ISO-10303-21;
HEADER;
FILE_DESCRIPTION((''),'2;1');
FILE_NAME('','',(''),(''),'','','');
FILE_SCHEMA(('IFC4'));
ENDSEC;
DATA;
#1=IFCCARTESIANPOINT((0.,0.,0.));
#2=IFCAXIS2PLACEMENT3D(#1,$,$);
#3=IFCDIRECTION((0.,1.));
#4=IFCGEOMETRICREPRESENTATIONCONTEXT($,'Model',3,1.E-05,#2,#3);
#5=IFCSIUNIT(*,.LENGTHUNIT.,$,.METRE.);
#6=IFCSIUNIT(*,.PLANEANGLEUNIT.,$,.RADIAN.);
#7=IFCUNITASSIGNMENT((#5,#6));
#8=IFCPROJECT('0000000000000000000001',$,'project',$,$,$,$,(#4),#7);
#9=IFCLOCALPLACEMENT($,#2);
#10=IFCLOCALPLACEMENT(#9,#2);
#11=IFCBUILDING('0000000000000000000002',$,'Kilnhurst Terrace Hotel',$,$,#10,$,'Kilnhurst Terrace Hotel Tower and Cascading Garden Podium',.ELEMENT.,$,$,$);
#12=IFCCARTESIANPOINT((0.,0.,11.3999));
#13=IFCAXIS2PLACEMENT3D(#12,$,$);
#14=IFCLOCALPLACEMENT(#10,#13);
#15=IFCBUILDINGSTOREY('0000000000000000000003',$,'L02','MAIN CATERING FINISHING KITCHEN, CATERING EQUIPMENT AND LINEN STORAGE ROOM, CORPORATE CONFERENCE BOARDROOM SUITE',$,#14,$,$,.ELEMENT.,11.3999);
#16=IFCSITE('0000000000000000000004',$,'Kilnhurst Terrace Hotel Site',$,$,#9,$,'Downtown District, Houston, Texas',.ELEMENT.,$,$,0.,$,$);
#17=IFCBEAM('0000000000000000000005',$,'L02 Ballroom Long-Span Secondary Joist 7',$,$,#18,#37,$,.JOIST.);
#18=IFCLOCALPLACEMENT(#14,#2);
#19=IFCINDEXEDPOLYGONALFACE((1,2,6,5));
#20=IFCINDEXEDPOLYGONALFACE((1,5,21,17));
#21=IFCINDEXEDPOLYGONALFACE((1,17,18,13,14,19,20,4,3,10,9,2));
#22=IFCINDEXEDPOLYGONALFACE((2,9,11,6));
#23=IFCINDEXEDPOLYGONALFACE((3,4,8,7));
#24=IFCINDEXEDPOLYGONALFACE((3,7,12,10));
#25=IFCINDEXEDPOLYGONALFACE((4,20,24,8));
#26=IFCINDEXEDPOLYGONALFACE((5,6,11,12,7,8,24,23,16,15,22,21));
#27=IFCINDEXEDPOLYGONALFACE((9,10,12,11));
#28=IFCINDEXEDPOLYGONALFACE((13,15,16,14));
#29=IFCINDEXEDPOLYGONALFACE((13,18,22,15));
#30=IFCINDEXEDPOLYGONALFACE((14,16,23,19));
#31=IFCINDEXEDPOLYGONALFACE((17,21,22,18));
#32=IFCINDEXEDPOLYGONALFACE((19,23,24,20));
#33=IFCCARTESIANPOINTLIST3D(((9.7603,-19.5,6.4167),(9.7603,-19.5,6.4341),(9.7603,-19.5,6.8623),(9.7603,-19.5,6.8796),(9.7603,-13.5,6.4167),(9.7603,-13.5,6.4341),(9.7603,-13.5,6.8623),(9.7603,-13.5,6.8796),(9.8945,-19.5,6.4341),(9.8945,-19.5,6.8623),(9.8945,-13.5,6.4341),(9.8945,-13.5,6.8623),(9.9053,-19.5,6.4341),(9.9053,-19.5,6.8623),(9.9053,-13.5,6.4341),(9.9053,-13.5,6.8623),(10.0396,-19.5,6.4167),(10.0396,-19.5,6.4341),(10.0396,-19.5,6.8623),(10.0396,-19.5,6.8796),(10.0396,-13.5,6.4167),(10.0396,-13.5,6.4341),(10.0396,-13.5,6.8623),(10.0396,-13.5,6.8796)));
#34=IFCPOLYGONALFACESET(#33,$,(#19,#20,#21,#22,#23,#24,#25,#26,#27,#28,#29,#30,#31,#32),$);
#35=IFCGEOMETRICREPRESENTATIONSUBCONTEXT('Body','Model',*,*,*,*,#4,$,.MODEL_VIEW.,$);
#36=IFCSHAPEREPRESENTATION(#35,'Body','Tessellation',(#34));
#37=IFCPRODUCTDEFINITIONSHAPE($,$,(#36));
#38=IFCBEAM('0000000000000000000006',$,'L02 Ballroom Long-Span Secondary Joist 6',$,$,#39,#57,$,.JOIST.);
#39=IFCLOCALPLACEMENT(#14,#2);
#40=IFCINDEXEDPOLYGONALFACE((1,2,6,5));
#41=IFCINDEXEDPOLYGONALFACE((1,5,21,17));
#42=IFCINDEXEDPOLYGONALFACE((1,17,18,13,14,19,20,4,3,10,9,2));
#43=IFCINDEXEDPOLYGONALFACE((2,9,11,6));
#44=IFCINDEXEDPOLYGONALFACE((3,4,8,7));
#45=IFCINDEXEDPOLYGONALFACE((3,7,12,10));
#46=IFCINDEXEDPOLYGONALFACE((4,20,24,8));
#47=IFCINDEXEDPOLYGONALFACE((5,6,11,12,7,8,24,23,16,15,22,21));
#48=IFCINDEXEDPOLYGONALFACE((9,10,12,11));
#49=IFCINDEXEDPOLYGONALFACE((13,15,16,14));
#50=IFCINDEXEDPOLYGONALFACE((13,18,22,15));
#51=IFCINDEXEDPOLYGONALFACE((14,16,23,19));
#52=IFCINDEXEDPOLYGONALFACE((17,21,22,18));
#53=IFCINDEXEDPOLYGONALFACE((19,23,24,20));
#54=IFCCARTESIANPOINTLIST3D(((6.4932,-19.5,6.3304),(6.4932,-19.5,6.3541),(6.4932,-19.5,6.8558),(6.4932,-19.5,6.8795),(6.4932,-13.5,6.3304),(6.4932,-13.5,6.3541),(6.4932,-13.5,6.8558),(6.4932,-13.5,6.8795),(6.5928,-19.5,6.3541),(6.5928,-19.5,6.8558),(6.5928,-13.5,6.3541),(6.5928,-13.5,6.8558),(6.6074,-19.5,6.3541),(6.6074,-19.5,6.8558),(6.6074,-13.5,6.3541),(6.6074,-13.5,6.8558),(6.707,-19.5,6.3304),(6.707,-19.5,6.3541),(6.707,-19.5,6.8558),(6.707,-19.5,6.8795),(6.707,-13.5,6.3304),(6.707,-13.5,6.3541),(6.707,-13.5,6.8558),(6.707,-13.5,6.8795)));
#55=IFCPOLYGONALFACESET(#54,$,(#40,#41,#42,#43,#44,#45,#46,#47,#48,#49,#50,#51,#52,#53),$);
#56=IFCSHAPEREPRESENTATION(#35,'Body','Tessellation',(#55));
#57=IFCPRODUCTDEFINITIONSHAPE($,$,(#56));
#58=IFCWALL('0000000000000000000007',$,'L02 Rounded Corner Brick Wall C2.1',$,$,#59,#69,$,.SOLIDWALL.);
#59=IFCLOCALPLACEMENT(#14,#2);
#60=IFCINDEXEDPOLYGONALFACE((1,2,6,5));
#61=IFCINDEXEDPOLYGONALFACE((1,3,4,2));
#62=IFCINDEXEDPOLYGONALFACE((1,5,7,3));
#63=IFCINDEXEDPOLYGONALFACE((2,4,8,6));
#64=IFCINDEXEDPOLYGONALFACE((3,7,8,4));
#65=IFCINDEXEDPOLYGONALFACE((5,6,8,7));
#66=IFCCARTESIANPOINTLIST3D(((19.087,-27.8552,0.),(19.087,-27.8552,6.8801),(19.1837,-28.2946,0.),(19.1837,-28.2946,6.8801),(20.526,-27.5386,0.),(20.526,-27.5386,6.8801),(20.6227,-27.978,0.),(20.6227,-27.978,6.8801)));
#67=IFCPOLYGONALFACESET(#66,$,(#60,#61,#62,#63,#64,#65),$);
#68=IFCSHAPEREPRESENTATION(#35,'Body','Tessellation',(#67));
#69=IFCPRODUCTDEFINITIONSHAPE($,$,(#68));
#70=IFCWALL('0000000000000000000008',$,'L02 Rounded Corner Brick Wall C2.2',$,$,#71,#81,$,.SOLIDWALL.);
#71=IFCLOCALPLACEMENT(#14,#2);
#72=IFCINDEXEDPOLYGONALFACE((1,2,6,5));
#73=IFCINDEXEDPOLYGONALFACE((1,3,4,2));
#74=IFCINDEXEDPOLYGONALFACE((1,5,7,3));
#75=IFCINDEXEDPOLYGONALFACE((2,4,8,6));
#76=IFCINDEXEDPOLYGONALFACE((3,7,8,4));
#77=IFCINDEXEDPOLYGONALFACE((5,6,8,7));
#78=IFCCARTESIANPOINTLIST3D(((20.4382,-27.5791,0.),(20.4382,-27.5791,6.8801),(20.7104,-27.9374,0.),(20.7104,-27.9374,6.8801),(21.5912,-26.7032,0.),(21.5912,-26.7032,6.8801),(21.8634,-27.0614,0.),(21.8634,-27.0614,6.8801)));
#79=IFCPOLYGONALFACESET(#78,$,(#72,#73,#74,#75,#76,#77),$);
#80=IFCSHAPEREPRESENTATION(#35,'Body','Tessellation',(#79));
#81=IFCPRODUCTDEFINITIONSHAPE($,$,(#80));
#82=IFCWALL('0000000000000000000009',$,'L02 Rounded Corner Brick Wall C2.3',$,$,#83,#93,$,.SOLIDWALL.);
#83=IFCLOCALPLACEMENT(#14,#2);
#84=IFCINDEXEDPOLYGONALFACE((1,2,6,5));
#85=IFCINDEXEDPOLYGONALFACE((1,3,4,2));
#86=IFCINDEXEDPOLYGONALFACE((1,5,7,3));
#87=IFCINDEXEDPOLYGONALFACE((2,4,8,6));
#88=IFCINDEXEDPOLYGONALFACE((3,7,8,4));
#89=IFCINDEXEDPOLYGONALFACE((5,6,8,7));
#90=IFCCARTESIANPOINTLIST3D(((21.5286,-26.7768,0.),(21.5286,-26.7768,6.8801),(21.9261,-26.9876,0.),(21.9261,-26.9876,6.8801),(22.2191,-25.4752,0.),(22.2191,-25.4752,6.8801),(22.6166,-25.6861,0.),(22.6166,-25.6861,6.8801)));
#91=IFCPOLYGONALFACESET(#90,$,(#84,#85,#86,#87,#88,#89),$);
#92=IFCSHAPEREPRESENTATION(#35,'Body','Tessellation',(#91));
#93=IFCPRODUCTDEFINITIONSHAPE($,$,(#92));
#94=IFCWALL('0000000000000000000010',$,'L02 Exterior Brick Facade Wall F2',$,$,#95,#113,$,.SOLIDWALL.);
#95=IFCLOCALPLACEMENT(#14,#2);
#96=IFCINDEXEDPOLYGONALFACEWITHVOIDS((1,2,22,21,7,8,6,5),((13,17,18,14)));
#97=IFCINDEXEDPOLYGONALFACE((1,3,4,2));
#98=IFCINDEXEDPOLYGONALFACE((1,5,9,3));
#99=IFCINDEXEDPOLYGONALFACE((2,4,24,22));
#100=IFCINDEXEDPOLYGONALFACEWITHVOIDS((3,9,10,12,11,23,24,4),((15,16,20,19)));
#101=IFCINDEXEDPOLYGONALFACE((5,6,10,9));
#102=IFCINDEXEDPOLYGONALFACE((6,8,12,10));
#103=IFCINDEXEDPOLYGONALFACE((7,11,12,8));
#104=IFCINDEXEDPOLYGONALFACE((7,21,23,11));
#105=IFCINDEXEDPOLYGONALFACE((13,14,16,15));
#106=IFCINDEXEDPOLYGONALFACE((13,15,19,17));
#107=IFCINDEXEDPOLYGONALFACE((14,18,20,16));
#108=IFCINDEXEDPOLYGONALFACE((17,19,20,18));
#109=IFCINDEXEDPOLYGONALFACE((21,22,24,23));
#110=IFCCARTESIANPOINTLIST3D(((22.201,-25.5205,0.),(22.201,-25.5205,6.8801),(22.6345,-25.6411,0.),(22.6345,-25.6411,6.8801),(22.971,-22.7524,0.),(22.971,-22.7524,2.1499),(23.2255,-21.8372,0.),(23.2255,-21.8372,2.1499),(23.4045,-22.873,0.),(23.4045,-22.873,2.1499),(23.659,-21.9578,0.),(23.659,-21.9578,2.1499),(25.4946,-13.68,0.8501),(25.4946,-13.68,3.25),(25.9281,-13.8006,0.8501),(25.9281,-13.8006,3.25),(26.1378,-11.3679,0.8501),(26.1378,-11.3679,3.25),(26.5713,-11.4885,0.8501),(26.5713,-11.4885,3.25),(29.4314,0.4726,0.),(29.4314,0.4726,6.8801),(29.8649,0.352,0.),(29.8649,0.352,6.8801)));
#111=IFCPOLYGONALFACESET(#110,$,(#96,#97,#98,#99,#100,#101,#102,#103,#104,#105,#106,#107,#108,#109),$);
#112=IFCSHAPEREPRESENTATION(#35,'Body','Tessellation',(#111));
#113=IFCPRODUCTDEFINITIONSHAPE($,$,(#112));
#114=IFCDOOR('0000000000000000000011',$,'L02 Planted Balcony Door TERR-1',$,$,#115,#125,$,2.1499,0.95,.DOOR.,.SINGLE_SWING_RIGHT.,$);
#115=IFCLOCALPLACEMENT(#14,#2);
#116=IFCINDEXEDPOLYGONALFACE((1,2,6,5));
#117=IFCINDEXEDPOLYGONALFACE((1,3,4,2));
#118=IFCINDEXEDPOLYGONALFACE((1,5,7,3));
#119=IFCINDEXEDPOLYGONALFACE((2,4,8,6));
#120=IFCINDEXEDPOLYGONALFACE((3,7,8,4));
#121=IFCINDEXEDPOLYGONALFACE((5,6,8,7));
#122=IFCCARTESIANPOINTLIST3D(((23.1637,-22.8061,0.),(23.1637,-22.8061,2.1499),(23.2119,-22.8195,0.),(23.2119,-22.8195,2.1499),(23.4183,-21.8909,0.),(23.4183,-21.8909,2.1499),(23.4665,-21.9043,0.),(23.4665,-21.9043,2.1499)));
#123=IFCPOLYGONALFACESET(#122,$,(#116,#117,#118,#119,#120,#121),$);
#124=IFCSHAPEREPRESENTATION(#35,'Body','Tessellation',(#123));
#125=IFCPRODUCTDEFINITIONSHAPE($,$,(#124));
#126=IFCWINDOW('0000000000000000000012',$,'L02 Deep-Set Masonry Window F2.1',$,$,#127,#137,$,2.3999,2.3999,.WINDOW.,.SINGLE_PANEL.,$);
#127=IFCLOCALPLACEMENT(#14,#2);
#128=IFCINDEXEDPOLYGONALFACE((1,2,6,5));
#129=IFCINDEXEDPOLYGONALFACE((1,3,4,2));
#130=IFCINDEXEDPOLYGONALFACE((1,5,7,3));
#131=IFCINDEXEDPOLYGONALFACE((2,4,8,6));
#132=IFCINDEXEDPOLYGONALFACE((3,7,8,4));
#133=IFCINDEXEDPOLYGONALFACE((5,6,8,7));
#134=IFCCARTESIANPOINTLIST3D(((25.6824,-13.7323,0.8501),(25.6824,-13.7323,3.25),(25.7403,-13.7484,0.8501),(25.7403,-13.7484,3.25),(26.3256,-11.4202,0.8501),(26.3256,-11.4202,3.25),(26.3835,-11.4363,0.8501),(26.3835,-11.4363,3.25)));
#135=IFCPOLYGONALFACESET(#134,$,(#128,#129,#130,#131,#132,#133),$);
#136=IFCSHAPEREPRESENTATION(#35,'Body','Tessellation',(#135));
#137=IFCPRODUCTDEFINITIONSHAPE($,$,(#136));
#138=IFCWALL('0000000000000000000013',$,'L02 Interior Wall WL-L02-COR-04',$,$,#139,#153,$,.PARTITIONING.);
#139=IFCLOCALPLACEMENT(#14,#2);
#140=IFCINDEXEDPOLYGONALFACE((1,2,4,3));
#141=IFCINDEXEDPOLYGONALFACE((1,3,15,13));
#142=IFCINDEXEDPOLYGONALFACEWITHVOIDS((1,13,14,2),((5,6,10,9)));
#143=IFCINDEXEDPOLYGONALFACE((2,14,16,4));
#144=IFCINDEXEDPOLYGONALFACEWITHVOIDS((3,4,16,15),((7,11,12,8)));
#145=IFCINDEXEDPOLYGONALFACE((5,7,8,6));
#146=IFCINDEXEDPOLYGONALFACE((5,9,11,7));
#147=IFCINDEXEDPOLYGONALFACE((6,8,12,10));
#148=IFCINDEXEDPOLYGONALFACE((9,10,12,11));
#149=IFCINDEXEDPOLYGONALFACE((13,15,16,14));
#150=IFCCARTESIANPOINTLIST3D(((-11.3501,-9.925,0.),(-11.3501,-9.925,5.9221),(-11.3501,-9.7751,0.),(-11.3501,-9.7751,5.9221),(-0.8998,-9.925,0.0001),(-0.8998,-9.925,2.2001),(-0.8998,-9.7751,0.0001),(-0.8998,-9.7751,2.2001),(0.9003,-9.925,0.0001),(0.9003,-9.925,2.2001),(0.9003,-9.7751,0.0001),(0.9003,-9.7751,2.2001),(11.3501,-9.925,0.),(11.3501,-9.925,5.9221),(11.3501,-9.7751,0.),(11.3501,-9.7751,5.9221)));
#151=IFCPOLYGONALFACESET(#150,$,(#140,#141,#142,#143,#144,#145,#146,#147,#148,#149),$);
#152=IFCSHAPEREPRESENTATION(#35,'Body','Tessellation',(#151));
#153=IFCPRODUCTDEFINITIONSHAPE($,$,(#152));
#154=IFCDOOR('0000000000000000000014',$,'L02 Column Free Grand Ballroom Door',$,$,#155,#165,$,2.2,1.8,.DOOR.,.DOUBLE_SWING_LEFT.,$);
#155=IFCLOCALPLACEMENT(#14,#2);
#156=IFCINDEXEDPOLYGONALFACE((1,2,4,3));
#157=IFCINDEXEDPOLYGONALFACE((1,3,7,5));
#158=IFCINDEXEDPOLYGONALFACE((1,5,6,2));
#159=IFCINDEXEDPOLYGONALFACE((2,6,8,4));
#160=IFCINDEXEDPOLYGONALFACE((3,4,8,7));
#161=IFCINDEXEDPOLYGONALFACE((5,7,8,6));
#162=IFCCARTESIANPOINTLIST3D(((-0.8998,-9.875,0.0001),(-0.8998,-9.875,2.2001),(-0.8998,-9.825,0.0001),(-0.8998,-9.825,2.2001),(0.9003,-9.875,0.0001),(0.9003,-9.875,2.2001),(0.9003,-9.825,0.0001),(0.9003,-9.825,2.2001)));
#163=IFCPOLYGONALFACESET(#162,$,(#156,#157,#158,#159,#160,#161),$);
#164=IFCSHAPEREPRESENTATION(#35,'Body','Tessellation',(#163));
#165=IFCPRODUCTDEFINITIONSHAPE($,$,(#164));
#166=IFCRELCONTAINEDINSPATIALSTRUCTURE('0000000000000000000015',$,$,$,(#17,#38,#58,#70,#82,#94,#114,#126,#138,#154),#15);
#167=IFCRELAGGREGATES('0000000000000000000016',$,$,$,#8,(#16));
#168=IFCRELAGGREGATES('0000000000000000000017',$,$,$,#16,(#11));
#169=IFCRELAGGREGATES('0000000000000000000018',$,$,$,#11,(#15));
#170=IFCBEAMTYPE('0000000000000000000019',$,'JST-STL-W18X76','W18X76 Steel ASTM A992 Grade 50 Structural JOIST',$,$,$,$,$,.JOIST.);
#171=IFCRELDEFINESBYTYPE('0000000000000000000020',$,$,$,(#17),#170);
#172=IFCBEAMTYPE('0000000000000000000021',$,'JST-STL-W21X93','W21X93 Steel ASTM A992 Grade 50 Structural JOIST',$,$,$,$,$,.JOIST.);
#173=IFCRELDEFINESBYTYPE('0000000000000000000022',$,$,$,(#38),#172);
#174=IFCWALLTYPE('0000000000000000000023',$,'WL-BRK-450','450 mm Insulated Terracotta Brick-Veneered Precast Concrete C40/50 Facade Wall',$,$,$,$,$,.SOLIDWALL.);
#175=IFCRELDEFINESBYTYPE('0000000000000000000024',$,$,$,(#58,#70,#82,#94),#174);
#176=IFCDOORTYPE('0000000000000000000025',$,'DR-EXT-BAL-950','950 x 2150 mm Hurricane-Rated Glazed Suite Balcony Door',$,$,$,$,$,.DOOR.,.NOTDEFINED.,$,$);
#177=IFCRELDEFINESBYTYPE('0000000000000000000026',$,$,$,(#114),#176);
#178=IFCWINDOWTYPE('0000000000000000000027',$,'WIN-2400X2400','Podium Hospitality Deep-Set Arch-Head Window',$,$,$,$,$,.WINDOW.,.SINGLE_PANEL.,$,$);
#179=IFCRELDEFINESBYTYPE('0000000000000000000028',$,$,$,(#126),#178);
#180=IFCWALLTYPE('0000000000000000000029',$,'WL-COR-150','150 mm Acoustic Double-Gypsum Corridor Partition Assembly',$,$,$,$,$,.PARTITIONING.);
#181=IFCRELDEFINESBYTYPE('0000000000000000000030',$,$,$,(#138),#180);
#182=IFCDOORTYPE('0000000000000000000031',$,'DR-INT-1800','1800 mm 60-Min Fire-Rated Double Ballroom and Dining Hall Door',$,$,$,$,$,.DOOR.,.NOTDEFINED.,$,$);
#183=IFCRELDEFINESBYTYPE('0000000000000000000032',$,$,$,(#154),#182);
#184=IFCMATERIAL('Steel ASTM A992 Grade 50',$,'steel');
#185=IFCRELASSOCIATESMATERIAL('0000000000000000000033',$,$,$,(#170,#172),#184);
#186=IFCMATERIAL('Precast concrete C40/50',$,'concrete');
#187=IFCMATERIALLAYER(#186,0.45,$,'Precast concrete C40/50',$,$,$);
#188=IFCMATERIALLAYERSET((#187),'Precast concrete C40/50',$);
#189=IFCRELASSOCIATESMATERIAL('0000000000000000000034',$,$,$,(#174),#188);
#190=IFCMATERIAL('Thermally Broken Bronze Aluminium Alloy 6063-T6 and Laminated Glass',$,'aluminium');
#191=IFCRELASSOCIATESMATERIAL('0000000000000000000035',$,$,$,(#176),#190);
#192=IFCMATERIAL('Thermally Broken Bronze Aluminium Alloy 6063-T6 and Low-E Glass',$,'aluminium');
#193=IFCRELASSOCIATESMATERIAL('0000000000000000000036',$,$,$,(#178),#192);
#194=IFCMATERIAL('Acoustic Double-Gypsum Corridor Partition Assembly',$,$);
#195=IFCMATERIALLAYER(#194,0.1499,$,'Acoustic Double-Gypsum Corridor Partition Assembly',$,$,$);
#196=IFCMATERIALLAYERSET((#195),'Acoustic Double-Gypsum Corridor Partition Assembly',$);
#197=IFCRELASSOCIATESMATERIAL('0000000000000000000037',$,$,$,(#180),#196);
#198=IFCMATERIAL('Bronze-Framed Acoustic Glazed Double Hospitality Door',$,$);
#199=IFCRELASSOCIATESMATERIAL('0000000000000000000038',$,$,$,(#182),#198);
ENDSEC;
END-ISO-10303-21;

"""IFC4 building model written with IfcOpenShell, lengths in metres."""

from ifc_helpers import new_model, si_unit, direction, frame, frame_2d, origin, origin_2d, place, context, subcontext, project, spatial, rectangle, i_section, extrude, material, layer, layer_set, material_profile, profile_set, type_object, element, fill, save


model = new_model("IFC4")

# Units and contexts
model_context = context("Model", 3, precision=1e-05, world=origin(), true_north=direction((0.0, 1.0)))
body_context = subcontext(model_context, "Body", "Model", "MODEL_VIEW")
ifc_project = project(units=[si_unit("LENGTHUNIT", "METRE"), si_unit("PLANEANGLEUNIT", "RADIAN")], contexts=[model_context])

# Site, building, storey
site_placement = place(None, origin())
site = spatial("IfcSite", under=ifc_project, at=site_placement, Name="Kilnhurst Terrace Hotel Site", LongName="Downtown District, Houston, Texas", CompositionType="ELEMENT", RefElevation=0.0)
building_placement = place(site_placement, origin())
building = spatial("IfcBuilding", under=site, at=building_placement, Name="Kilnhurst Terrace Hotel", LongName="Kilnhurst Terrace Hotel Tower and Cascading Garden Podium", CompositionType="ELEMENT")
storey_placement = place(building_placement, frame((0.0, 0.0, 11.3999)))
storey = spatial("IfcBuildingStorey", under=building, at=storey_placement, Name="L02", Description="MAIN CATERING FINISHING KITCHEN, CATERING EQUIPMENT AND LINEN STORAGE ROOM, CORPORATE CONFERENCE BOARDROOM SUITE", CompositionType="ELEMENT", Elevation=11.3999)

# Shared definitions
ifc_material_1 = material(Name="Steel ASTM A992 Grade 50", Category="steel")

# Beams
ifc_material_profile_1 = material_profile(ifc_material_1, i_section(OverallWidth=0.2793, OverallDepth=0.4629, WebThickness=0.0107, FlangeThickness=0.0173, at=origin_2d()), Name="W18X76")
ifc_profile_set_1 = profile_set([ifc_material_profile_1], Name="Steel ASTM A992 Grade 50")
beam_type_1 = type_object("IfcBeamType", Name="JST-STL-W18X76", Description="W18X76 Steel ASTM A992 Grade 50 Structural JOIST", PredefinedType="JOIST", material=ifc_profile_set_1)
beam_1_placement = place(storey_placement, frame((9.8999, -19.5, 6.6482), z_axis=(0.0, 1.0, 0.0), x_axis=(-1.0, 0.0, 0.0)))
element("IfcBeam", 1, at=beam_1_placement, inside=storey, type_object=beam_type_1, Name="L02 Ballroom Long-Span Secondary Joist 7", PredefinedType="JOIST", context=body_context, shape_type="SweptSolid", body=[
    extrude(i_section(OverallWidth=0.2793, OverallDepth=0.4629, WebThickness=0.0107, FlangeThickness=0.0173, at=origin_2d()), origin(), (0.0, 0.0, 1.0), 6.0),
])
ifc_material_profile_2 = material_profile(ifc_material_1, i_section(OverallWidth=0.2139, OverallDepth=0.5491, WebThickness=0.0146, FlangeThickness=0.0237, at=origin_2d()), Name="W21X93")
ifc_profile_set_2 = profile_set([ifc_material_profile_2], Name="Steel ASTM A992 Grade 50")
beam_type_2 = type_object("IfcBeamType", Name="JST-STL-W21X93", Description="W21X93 Steel ASTM A992 Grade 50 Structural JOIST", PredefinedType="JOIST", material=ifc_profile_set_2)
beam_2_placement = place(storey_placement, frame((6.6001, -19.5, 6.605), z_axis=(0.0, 1.0, 0.0), x_axis=(-1.0, 0.0, 0.0)))
element("IfcBeam", 2, at=beam_2_placement, inside=storey, type_object=beam_type_2, Name="L02 Ballroom Long-Span Secondary Joist 6", PredefinedType="JOIST", context=body_context, shape_type="SweptSolid", body=[
    extrude(i_section(OverallWidth=0.2139, OverallDepth=0.5491, WebThickness=0.0146, FlangeThickness=0.0237, at=origin_2d()), origin(), (0.0, 0.0, 1.0), 6.0),
])

# Walls
ifc_material_2 = material(Name="Precast concrete C40/50", Category="concrete")
ifc_layer_1 = layer(ifc_material_2, 0.45, Name="Precast concrete C40/50")
ifc_layer_set_1 = layer_set([ifc_layer_1], Name="Precast concrete C40/50")
wall_type_1 = type_object("IfcWallType", Name="WL-BRK-450", Description="450 mm Insulated Terracotta Brick-Veneered Precast Concrete C40/50 Facade Wall", PredefinedType="SOLIDWALL", material=ifc_layer_set_1)
wall_1_placement = place(storey_placement, frame((19.1353, -28.075, 0.0), z_axis=(0.0, 0.0, 1.0), x_axis=(0.976633, 0.214912, 0.0)))
element("IfcWall", 3, at=wall_1_placement, inside=storey, type_object=wall_type_1, Name="L02 Rounded Corner Brick Wall C2.1", PredefinedType="SOLIDWALL", context=body_context, shape_type="SweptSolid", body=[
    extrude(rectangle(XDim=1.4734, YDim=0.45, at=frame_2d((0.7368, 0.0))), origin(), (0.0, 0.0, 1.0), 6.8801),
])
wall_2_placement = place(storey_placement, frame((20.5742, -27.7583, 0.0), z_axis=(0.0, 0.0, 1.0), x_axis=(0.796282, 0.604925, 0.0)))
element("IfcWall", 4, at=wall_2_placement, inside=storey, type_object=wall_type_1, Name="L02 Rounded Corner Brick Wall C2.2", PredefinedType="SOLIDWALL", context=body_context, shape_type="SweptSolid", body=[
    extrude(rectangle(XDim=1.448, YDim=0.45, at=frame_2d((0.7241, 0.0))), origin(), (0.0, 0.0, 1.0), 6.8801),
])
wall_3_placement = place(storey_placement, frame((21.7273, -26.8823, 0.0), z_axis=(0.0, 0.0, 1.0), x_axis=(0.468626, 0.883397, 0.0)))
element("IfcWall", 5, at=wall_3_placement, inside=storey, type_object=wall_type_1, Name="L02 Rounded Corner Brick Wall C2.3", PredefinedType="SOLIDWALL", context=body_context, shape_type="SweptSolid", body=[
    extrude(rectangle(XDim=1.4734, YDim=0.45, at=frame_2d((0.7368, 0.0))), origin(), (0.0, 0.0, 1.0), 6.8801),
])

# Wall, openings, door, window
wall_4_placement = place(storey_placement, frame((22.4177, -25.5808, 0.0), z_axis=(0.0, 0.0, 1.0), x_axis=(0.267993, 0.963421, 0.0)))
wall_4 = element("IfcWall", 6, at=wall_4_placement, inside=storey, type_object=wall_type_1, Name="L02 Exterior Brick Facade Wall F2", PredefinedType="SOLIDWALL", context=body_context, shape_type="SweptSolid", body=[
    extrude(rectangle(XDim=26.98, YDim=0.45, at=frame_2d((13.49, 0.0))), origin(), (0.0, 0.0, 1.0), 6.8801),
])
opening_1_placement = place(wall_4_placement, frame((2.873, 0.0, 0.0)))
opening_1 = element("IfcOpeningElement", 7, at=opening_1_placement, cuts=wall_4, PredefinedType="OPENING", context=body_context, shape_type="SweptSolid", body=[
    extrude(rectangle(XDim=0.95, YDim=2.1499, at=frame_2d((0.4751, 1.075))), frame((0.0, 0.2349, 0.0), z_axis=(0.0, -1.0, 0.0), x_axis=(1.0, 0.0, 0.0)), (0.0, 0.0, 1.0), 0.47),
])
opening_2_placement = place(wall_4_placement, frame((12.29, 0.0, 0.8501)))
opening_2 = element("IfcOpeningElement", 8, at=opening_2_placement, cuts=wall_4, PredefinedType="OPENING", context=body_context, shape_type="SweptSolid", body=[
    extrude(rectangle(XDim=2.3999, YDim=2.3999, at=frame_2d((1.2, 1.2))), frame((0.0, 0.2349, 0.0), z_axis=(0.0, -1.0, 0.0), x_axis=(1.0, 0.0, 0.0)), (0.0, 0.0, 1.0), 0.47),
])
ifc_material_3 = material(Name="Thermally Broken Bronze Aluminium Alloy 6063-T6 and Laminated Glass", Category="aluminium")
door_type_1 = type_object("IfcDoorType", Name="DR-EXT-BAL-950", Description="950 x 2150 mm Hurricane-Rated Glazed Suite Balcony Door", OperationType="NOTDEFINED", PredefinedType="DOOR", material=ifc_material_3)
door_1_placement = place(opening_1_placement, origin())
door_1 = element("IfcDoor", 9, at=door_1_placement, inside=storey, type_object=door_type_1, Name="L02 Planted Balcony Door TERR-1", OperationType="SINGLE_SWING_RIGHT", OverallHeight=2.1499, OverallWidth=0.95, PredefinedType="DOOR", context=body_context, shape_type="SweptSolid", body=[
    extrude(rectangle(XDim=0.95, YDim=2.1499, at=frame_2d((0.4751, 1.075))), frame((0.0, 0.0249, 0.0), z_axis=(0.0, -1.0, 0.0), x_axis=(1.0, 0.0, 0.0)), (0.0, 0.0, 1.0), 0.05),
])
fill(opening_1, door_1)
ifc_material_4 = material(Name="Thermally Broken Bronze Aluminium Alloy 6063-T6 and Low-E Glass", Category="aluminium")
window_type = type_object("IfcWindowType", Name="WIN-2400X2400", Description="Podium Hospitality Deep-Set Arch-Head Window", PartitioningType="SINGLE_PANEL", PredefinedType="WINDOW", material=ifc_material_4)
window_placement = place(opening_2_placement, origin())
window = element("IfcWindow", 10, at=window_placement, inside=storey, type_object=window_type, Name="L02 Deep-Set Masonry Window F2.1", OverallHeight=2.3999, OverallWidth=2.3999, PartitioningType="SINGLE_PANEL", PredefinedType="WINDOW", context=body_context, shape_type="SweptSolid", body=[
    extrude(rectangle(XDim=2.3999, YDim=2.3999, at=frame_2d((1.2, 1.2))), frame((0.0, 0.03, 0.0), z_axis=(0.0, -1.0, 0.0), x_axis=(1.0, 0.0, 0.0)), (0.0, 0.0, 1.0), 0.0601),
])
fill(opening_2, window)

# Wall, opening, door
ifc_material_5 = material(Name="Acoustic Double-Gypsum Corridor Partition Assembly")
ifc_layer_2 = layer(ifc_material_5, 0.1499, Name="Acoustic Double-Gypsum Corridor Partition Assembly")
ifc_layer_set_2 = layer_set([ifc_layer_2], Name="Acoustic Double-Gypsum Corridor Partition Assembly")
wall_type_2 = type_object("IfcWallType", Name="WL-COR-150", Description="150 mm Acoustic Double-Gypsum Corridor Partition Assembly", PredefinedType="PARTITIONING", material=ifc_layer_set_2)
wall_5_placement = place(storey_placement, frame((11.3501, -9.8501, 0.0), z_axis=(0.0, 0.0, 1.0), x_axis=(-1.0, 0.0, 0.0)))
wall_5 = element("IfcWall", 11, at=wall_5_placement, inside=storey, type_object=wall_type_2, Name="L02 Interior Wall WL-L02-COR-04", PredefinedType="PARTITIONING", context=body_context, shape_type="SweptSolid", body=[
    extrude(rectangle(XDim=22.7002, YDim=0.1499, at=frame_2d((11.3501, 0.0))), origin(), (0.0, 0.0, 1.0), 5.9221),
])
opening_3_placement = place(wall_5_placement, frame((10.45, 0.0, 0.0)))
opening_3 = element("IfcOpeningElement", 12, at=opening_3_placement, cuts=wall_5, PredefinedType="OPENING", context=body_context, shape_type="SweptSolid", body=[
    extrude(rectangle(XDim=1.8, YDim=2.2, at=frame_2d((0.8999, 1.1001))), frame((0.0, 0.085, 0.0), z_axis=(0.0, -1.0, 0.0), x_axis=(1.0, 0.0, 0.0)), (0.0, 0.0, 1.0), 0.1699),
])
ifc_material_6 = material(Name="Bronze-Framed Acoustic Glazed Double Hospitality Door")
door_type_2 = type_object("IfcDoorType", Name="DR-INT-1800", Description="1800 mm 60-Min Fire-Rated Double Ballroom and Dining Hall Door", OperationType="NOTDEFINED", PredefinedType="DOOR", material=ifc_material_6)
door_2_placement = place(opening_3_placement, origin())
door_2 = element("IfcDoor", 13, at=door_2_placement, inside=storey, type_object=door_type_2, Name="L02 Column Free Grand Ballroom Door", OperationType="DOUBLE_SWING_LEFT", OverallHeight=2.2, OverallWidth=1.8, PredefinedType="DOOR", context=body_context, shape_type="SweptSolid", body=[
    extrude(rectangle(XDim=1.8, YDim=2.2, at=frame_2d((0.8999, 1.1001))), frame((0.0, 0.0249, 0.0), z_axis=(0.0, -1.0, 0.0), x_axis=(1.0, 0.0, 0.0)), (0.0, 0.0, 1.0), 0.05),
])
fill(opening_3, door_2)

save(model, "model.ifc")
